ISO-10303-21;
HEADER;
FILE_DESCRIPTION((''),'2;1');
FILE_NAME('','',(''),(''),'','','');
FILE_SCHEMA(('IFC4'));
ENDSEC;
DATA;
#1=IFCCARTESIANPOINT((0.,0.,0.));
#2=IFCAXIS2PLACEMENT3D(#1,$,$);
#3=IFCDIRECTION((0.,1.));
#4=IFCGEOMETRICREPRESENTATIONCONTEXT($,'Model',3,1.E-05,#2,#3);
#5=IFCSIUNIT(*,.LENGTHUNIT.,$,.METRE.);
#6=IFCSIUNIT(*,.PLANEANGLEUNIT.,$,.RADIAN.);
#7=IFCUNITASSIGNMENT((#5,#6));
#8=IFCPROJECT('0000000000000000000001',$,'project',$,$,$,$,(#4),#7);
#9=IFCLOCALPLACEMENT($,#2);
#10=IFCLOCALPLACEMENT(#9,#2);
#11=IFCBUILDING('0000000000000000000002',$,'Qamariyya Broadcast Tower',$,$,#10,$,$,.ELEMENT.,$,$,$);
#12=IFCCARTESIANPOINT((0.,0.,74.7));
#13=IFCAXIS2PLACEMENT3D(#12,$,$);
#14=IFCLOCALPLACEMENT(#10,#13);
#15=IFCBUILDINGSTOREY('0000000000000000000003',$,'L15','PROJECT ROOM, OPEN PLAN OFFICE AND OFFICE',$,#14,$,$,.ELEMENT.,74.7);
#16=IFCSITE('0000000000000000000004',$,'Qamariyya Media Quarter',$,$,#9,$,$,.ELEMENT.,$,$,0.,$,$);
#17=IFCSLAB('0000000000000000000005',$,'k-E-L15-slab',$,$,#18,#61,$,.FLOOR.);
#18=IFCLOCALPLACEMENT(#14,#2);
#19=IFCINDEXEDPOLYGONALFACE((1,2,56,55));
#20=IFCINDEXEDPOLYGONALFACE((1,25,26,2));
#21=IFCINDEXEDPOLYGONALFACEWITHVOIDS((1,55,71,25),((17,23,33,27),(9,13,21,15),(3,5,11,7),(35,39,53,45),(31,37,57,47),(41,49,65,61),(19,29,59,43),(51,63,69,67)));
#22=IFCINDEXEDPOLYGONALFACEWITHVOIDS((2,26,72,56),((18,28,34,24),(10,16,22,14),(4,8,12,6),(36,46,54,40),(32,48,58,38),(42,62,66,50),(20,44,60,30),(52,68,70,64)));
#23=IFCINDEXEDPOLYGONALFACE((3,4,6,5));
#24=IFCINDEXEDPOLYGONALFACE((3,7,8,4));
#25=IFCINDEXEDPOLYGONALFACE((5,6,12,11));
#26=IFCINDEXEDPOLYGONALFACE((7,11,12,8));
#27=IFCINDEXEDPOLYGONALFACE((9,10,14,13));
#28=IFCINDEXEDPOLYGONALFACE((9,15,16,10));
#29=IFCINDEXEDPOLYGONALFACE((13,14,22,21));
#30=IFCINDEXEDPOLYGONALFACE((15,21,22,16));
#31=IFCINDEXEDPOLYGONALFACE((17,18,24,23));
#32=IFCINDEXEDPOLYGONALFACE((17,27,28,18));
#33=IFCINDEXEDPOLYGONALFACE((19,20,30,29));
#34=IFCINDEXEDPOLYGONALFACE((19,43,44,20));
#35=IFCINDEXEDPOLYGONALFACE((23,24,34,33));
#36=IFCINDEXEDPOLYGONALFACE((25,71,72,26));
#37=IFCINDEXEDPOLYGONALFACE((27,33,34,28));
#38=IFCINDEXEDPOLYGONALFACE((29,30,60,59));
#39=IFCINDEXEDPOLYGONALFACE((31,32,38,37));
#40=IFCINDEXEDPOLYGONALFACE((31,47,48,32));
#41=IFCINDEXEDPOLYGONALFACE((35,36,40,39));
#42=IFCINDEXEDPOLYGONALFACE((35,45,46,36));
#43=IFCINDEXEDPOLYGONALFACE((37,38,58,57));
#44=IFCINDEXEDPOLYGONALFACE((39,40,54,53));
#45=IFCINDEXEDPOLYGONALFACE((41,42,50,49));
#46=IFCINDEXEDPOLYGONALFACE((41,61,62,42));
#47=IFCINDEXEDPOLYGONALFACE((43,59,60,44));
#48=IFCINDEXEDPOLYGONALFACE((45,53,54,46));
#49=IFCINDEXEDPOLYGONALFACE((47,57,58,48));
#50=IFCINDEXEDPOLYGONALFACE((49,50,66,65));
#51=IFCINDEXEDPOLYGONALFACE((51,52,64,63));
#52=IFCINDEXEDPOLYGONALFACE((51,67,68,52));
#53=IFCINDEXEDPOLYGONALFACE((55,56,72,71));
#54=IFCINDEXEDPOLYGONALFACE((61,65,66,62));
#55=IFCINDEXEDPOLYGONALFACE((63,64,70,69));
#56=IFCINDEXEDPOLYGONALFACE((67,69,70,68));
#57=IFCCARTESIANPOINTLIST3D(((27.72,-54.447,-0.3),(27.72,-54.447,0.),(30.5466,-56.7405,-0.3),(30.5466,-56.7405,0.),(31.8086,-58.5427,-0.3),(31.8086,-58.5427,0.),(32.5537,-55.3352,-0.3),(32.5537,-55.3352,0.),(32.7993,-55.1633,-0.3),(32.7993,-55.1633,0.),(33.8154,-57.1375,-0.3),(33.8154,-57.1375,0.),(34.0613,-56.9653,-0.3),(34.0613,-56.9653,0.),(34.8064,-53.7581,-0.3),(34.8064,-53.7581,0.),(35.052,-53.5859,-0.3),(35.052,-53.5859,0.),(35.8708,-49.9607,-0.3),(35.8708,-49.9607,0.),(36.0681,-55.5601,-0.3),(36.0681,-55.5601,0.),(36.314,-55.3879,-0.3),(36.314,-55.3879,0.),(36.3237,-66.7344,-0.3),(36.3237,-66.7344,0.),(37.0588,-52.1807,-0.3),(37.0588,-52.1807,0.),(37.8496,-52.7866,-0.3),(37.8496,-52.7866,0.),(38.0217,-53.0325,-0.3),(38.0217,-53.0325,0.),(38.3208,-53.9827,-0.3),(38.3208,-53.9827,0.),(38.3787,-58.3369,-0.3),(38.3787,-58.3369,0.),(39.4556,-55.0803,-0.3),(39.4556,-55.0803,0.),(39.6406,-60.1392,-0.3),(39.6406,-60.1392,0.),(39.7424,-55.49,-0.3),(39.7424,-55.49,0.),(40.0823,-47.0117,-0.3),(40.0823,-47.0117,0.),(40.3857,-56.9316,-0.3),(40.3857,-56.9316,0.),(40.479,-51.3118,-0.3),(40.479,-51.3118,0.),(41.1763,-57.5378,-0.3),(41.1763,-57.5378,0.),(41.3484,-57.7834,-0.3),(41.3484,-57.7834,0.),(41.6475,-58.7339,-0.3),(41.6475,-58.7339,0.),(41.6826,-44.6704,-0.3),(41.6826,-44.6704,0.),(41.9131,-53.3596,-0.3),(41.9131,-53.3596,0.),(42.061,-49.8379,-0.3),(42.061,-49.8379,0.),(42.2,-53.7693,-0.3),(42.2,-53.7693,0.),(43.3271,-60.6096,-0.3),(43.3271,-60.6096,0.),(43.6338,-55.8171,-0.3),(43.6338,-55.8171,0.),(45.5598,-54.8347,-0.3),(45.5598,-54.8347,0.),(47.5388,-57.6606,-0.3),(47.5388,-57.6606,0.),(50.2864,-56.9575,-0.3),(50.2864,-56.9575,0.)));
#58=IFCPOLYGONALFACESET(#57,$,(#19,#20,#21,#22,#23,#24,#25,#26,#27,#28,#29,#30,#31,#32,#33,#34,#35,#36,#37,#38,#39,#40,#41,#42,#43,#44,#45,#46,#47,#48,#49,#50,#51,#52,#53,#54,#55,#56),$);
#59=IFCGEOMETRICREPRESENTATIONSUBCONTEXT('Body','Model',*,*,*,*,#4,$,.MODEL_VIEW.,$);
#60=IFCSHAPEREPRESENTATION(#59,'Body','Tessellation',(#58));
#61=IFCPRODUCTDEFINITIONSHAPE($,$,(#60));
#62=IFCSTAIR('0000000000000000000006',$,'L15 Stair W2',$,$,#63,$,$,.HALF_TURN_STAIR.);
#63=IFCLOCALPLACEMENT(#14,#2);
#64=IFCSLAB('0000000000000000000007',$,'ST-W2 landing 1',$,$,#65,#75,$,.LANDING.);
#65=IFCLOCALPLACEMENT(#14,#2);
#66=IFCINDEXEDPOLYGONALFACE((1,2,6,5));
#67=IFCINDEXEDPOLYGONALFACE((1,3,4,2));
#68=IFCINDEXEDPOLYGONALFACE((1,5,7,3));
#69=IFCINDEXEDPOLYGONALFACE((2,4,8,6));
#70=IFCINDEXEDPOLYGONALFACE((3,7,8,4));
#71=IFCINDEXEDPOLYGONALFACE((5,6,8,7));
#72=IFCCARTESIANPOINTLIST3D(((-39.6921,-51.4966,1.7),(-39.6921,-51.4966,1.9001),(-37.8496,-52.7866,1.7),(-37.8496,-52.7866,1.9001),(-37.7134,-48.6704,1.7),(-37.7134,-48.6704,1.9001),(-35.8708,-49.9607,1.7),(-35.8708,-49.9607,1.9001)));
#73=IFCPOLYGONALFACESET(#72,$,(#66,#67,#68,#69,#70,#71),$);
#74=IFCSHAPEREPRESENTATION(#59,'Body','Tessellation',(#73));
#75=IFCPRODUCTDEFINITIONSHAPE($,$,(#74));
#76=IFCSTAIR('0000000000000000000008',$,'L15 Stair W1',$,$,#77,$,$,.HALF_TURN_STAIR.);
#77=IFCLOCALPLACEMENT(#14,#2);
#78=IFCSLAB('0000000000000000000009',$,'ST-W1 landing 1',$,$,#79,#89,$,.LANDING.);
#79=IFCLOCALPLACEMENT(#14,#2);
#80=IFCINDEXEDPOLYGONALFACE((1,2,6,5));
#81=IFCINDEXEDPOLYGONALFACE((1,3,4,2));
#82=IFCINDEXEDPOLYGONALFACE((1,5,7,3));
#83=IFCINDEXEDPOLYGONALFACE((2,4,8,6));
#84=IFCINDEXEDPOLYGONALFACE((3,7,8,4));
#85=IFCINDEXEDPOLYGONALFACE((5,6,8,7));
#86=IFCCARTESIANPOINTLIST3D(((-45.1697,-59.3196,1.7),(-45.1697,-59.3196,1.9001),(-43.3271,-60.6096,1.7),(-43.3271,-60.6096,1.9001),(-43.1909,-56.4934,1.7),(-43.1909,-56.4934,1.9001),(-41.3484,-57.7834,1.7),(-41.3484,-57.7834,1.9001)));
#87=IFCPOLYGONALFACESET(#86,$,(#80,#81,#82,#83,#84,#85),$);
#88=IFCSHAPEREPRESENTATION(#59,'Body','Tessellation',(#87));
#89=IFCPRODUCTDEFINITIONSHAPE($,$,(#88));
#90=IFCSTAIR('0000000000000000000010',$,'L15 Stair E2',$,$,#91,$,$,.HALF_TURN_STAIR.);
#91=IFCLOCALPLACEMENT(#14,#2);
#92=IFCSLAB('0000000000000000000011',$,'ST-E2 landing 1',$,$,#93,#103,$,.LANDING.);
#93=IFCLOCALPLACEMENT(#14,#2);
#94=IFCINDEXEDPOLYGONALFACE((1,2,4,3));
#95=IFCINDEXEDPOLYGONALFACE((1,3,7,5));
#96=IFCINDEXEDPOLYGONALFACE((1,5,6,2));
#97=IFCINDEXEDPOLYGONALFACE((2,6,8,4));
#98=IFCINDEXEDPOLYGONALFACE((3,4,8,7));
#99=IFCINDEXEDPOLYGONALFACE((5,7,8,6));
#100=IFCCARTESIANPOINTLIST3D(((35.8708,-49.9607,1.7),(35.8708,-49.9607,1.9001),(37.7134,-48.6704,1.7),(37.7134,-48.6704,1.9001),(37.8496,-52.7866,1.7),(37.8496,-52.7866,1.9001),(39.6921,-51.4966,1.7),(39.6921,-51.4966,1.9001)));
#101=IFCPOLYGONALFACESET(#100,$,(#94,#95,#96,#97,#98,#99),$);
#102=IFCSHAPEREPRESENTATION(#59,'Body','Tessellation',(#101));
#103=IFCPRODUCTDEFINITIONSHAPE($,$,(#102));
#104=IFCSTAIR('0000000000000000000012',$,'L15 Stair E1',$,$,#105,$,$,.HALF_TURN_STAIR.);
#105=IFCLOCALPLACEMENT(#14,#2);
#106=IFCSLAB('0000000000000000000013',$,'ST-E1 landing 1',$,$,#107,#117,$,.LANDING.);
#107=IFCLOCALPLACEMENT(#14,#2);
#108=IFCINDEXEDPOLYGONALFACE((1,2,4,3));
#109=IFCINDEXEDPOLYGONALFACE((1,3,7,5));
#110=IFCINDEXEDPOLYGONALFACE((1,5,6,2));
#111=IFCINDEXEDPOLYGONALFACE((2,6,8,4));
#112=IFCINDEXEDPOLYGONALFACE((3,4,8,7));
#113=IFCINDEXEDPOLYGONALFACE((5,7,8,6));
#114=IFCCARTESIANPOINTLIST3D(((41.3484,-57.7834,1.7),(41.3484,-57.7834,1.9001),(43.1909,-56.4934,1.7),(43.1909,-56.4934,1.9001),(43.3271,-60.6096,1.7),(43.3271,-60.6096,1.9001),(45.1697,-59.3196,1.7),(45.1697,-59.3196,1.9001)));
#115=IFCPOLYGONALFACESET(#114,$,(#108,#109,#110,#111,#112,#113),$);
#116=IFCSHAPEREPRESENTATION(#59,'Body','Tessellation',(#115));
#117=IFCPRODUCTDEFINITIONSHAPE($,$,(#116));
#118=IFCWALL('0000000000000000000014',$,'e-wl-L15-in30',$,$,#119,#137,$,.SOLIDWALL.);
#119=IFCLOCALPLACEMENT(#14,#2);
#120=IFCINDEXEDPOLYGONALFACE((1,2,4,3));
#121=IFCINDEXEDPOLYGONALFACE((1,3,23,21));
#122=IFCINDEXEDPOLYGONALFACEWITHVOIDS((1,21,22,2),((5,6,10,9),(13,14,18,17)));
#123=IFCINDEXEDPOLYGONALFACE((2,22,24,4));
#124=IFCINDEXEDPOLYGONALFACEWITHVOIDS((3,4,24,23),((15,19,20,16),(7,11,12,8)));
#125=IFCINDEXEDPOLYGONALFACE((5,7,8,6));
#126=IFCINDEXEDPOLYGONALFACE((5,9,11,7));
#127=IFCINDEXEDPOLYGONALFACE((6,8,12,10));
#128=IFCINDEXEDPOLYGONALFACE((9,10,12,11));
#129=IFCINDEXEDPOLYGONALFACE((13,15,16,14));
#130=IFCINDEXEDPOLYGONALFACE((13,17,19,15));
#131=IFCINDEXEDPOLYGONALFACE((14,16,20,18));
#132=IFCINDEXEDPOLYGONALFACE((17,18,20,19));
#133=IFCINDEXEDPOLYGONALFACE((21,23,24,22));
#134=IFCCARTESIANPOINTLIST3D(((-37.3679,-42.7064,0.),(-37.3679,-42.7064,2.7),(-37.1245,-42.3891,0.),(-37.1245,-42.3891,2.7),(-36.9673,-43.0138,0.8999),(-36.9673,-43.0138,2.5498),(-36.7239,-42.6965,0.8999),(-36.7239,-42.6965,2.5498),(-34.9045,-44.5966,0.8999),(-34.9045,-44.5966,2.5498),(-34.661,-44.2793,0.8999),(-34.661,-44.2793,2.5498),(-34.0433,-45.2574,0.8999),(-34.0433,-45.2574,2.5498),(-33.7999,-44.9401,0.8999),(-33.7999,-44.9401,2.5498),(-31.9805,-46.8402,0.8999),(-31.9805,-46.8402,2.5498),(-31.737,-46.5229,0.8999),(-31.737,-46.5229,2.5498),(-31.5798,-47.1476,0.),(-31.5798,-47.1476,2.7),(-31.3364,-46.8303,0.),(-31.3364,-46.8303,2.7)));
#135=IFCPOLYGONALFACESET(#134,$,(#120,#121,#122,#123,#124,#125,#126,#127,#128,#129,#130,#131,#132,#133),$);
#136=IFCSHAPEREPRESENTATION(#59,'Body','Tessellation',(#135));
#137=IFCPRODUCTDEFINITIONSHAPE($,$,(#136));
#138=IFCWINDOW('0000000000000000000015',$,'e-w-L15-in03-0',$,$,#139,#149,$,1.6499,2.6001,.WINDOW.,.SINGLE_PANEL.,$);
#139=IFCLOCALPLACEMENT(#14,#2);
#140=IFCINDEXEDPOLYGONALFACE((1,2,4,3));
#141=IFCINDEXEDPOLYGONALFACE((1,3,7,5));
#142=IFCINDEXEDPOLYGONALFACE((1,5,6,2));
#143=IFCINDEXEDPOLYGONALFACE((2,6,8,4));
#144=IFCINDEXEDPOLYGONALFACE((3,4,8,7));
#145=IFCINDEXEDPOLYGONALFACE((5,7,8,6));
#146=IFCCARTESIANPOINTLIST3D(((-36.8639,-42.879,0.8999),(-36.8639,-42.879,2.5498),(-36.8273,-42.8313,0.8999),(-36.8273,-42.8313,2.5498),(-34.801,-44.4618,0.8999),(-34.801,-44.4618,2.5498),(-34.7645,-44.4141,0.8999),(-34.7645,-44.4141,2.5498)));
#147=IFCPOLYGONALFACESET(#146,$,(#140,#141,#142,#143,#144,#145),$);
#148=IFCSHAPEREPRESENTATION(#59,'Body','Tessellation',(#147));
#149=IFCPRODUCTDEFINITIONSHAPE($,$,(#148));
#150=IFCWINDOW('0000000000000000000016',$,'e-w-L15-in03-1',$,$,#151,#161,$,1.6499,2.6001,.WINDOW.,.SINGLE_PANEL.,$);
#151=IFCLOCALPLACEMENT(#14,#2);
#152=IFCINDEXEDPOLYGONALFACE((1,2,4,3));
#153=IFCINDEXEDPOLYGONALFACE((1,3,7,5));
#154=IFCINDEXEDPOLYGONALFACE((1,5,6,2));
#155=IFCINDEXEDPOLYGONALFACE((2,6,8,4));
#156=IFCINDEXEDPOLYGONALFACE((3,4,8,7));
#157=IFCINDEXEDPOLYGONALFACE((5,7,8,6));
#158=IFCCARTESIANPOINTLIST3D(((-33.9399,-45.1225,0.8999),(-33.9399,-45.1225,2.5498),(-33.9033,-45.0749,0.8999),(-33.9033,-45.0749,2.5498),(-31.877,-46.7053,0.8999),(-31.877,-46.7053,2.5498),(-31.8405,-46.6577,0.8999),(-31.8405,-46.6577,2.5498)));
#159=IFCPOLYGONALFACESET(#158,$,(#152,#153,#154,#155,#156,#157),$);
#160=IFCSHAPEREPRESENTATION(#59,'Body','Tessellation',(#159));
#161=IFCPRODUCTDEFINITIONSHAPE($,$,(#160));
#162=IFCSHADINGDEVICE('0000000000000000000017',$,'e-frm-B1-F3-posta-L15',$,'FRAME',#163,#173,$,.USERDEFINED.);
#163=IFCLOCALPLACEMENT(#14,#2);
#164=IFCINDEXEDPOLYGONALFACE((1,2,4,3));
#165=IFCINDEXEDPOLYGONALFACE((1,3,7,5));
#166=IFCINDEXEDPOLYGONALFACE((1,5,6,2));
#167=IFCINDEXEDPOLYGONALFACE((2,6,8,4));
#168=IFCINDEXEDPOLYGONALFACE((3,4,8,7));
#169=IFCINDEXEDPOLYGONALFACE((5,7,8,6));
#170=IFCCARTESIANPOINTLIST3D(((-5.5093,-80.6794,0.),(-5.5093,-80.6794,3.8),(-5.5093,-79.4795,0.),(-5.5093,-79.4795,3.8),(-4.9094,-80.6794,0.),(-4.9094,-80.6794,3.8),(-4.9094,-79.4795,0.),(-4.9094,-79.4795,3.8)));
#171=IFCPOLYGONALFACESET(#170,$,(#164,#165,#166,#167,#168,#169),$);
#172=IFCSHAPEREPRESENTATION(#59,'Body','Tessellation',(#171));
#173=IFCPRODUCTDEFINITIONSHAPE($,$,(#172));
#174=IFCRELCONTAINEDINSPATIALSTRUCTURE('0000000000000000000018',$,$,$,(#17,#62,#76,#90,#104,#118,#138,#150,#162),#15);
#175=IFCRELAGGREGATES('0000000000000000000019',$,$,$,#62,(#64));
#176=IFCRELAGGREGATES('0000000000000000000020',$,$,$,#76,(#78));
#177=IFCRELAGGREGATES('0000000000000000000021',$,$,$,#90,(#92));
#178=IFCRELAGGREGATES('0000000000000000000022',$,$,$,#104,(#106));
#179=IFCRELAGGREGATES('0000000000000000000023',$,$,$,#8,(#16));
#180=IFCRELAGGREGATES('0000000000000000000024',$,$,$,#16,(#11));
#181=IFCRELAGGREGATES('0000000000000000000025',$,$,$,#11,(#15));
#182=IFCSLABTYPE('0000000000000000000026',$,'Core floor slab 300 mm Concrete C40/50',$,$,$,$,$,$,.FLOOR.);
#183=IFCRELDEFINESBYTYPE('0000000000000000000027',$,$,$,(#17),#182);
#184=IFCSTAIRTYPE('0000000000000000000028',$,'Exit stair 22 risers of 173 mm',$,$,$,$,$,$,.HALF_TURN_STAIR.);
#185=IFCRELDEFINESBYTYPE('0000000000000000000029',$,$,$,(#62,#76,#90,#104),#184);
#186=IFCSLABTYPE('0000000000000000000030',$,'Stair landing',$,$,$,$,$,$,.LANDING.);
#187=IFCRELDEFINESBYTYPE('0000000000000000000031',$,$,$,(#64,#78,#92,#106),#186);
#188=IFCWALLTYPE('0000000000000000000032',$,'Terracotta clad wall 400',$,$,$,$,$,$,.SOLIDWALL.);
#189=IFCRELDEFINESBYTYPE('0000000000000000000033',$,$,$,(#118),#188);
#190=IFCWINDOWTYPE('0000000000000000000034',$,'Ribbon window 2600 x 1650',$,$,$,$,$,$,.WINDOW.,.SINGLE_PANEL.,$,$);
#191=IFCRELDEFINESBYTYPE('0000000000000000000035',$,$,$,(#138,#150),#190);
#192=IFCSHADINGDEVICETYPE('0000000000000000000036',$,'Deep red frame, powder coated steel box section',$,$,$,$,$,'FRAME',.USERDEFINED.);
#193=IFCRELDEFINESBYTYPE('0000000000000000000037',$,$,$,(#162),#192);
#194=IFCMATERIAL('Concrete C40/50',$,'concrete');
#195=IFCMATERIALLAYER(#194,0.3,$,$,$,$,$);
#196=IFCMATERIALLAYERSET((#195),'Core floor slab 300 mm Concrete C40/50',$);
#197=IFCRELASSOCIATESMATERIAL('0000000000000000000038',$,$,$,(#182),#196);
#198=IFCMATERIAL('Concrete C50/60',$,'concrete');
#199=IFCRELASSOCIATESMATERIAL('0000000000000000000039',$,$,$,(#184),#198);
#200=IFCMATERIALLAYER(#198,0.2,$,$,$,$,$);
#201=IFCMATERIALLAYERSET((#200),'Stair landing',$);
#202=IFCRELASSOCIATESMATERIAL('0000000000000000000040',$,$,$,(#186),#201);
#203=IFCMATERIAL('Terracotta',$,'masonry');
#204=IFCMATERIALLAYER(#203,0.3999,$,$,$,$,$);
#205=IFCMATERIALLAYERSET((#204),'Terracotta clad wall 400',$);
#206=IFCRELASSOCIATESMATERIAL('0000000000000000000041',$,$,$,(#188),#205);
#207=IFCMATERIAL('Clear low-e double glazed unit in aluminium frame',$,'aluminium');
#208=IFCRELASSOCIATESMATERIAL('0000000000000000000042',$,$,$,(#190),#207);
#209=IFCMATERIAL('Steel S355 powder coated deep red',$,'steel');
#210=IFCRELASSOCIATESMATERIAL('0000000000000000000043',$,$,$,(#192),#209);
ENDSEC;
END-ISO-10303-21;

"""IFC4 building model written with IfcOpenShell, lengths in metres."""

from ifc_helpers import new_model, si_unit, direction, frame, frame_2d, origin, place, context, subcontext, project, spatial, polyline, rectangle, outline, extrude, material, layer, layer_set, type_object, element, fill, aggregate, save


model = new_model("IFC4")

# Units and contexts
model_context = context("Model", 3, precision=1e-05, world=origin(), true_north=direction((0.0, 1.0)))
body_context = subcontext(model_context, "Body", "Model", "MODEL_VIEW")
ifc_project = project(units=[si_unit("LENGTHUNIT", "METRE"), si_unit("PLANEANGLEUNIT", "RADIAN")], contexts=[model_context])

# Site, building, storey
site_placement = place(None, origin())
site = spatial("IfcSite", under=ifc_project, at=site_placement, Name="Qamariyya Media Quarter", CompositionType="ELEMENT", RefElevation=0.0)
building_placement = place(site_placement, origin())
building = spatial("IfcBuilding", under=site, at=building_placement, Name="Qamariyya Broadcast Tower", CompositionType="ELEMENT")
storey_placement = place(building_placement, frame((0.0, 0.0, 74.7)))
storey = spatial("IfcBuildingStorey", under=building, at=storey_placement, Name="L15", Description="PROJECT ROOM, OPEN PLAN OFFICE AND OFFICE", CompositionType="ELEMENT", Elevation=74.7)

# Slab
ifc_material_1 = material(Name="Concrete C40/50", Category="concrete")
ifc_layer_1 = layer(ifc_material_1, 0.3)
ifc_layer_set_1 = layer_set([ifc_layer_1], Name="Core floor slab 300 mm Concrete C40/50")
slab_type_1 = type_object("IfcSlabType", Name="Core floor slab 300 mm Concrete C40/50", PredefinedType="FLOOR", material=ifc_layer_set_1)
slab_1_placement = place(storey_placement, frame((0.0, 0.0, -0.3)))
element("IfcSlab", 1, at=slab_1_placement, inside=storey, type_object=slab_type_1, Name="k-E-L15-slab", PredefinedType="FLOOR", context=body_context, shape_type="SweptSolid", body=[
    extrude(outline(polyline([(36.3237, -66.7344), (50.2864, -56.9575), (41.6826, -44.6704), (27.72, -54.447), (36.3237, -66.7344)]), holes=[polyline([(31.8086, -58.5427), (33.8154, -57.1375), (32.5537, -55.3352), (30.5466, -56.7405), (31.8086, -58.5427)]), polyline([(34.0613, -56.9653), (36.0681, -55.5601), (34.8064, -53.7581), (32.7993, -55.1633), (34.0613, -56.9653)]), polyline([(36.314, -55.3879), (38.3208, -53.9827), (37.0588, -52.1807), (35.052, -53.5859), (36.314, -55.3879)]), polyline([(38.3787, -58.3369), (40.3857, -56.9316), (41.6475, -58.7339), (39.6406, -60.1392), (38.3787, -58.3369)]), polyline([(39.7424, -55.49), (42.2, -53.7693), (43.6338, -55.8171), (41.1763, -57.5378), (39.7424, -55.49)]), polyline([(39.4556, -55.0803), (41.9131, -53.3596), (40.479, -51.3118), (38.0217, -53.0325), (39.4556, -55.0803)]), polyline([(40.0823, -47.0117), (35.8708, -49.9607), (37.8496, -52.7866), (42.061, -49.8379), (40.0823, -47.0117)]), polyline([(45.5598, -54.8347), (41.3484, -57.7834), (43.3271, -60.6096), (47.5388, -57.6606), (45.5598, -54.8347)])]), origin(), (0.0, 0.0, 1.0), 0.3),
])

# Stairs, slabs
ifc_material_2 = material(Name="Concrete C50/60", Category="concrete")
stair_type = type_object("IfcStairType", Name="Exit stair 22 risers of 173 mm", PredefinedType="HALF_TURN_STAIR", material=ifc_material_2)
stair_1_placement = place(storey_placement, origin())
stair_1 = element("IfcStair", 2, at=stair_1_placement, inside=storey, type_object=stair_type, Name="L15 Stair W2", PredefinedType="HALF_TURN_STAIR")
ifc_layer_2 = layer(ifc_material_2, 0.2)
ifc_layer_set_2 = layer_set([ifc_layer_2], Name="Stair landing")
slab_type_2 = type_object("IfcSlabType", Name="Stair landing", PredefinedType="LANDING", material=ifc_layer_set_2)
slab_2_placement = place(storey_placement, frame((0.0, 0.0, 1.7)))
slab_2 = element("IfcSlab", 3, at=slab_2_placement, type_object=slab_type_2, Name="ST-W2 landing 1", PredefinedType="LANDING", context=body_context, shape_type="SweptSolid", body=[
    extrude(outline(polyline([(-39.6921, -51.4966), (-37.8496, -52.7866), (-35.8708, -49.9607), (-37.7134, -48.6704), (-39.6921, -51.4966)])), origin(), (0.0, 0.0, 1.0), 0.2002),
])
aggregate(stair_1, [slab_2])
stair_2_placement = place(storey_placement, origin())
stair_2 = element("IfcStair", 4, at=stair_2_placement, inside=storey, type_object=stair_type, Name="L15 Stair W1", PredefinedType="HALF_TURN_STAIR")
slab_3_placement = place(storey_placement, frame((0.0, 0.0, 1.7)))
slab_3 = element("IfcSlab", 5, at=slab_3_placement, type_object=slab_type_2, Name="ST-W1 landing 1", PredefinedType="LANDING", context=body_context, shape_type="SweptSolid", body=[
    extrude(outline(polyline([(-45.1697, -59.3196), (-43.3271, -60.6096), (-41.3484, -57.7834), (-43.1909, -56.4934), (-45.1697, -59.3196)])), origin(), (0.0, 0.0, 1.0), 0.2002),
])
aggregate(stair_2, [slab_3])
stair_3_placement = place(storey_placement, origin())
stair_3 = element("IfcStair", 6, at=stair_3_placement, inside=storey, type_object=stair_type, Name="L15 Stair E2", PredefinedType="HALF_TURN_STAIR")
slab_4_placement = place(storey_placement, frame((0.0, 0.0, 1.7)))
slab_4 = element("IfcSlab", 7, at=slab_4_placement, type_object=slab_type_2, Name="ST-E2 landing 1", PredefinedType="LANDING", context=body_context, shape_type="SweptSolid", body=[
    extrude(outline(polyline([(37.7134, -48.6704), (35.8708, -49.9607), (37.8496, -52.7866), (39.6921, -51.4966), (37.7134, -48.6704)])), origin(), (0.0, 0.0, 1.0), 0.2002),
])
aggregate(stair_3, [slab_4])
stair_4_placement = place(storey_placement, origin())
stair_4 = element("IfcStair", 8, at=stair_4_placement, inside=storey, type_object=stair_type, Name="L15 Stair E1", PredefinedType="HALF_TURN_STAIR")
slab_5_placement = place(storey_placement, frame((0.0, 0.0, 1.7)))
slab_5 = element("IfcSlab", 9, at=slab_5_placement, type_object=slab_type_2, Name="ST-E1 landing 1", PredefinedType="LANDING", context=body_context, shape_type="SweptSolid", body=[
    extrude(outline(polyline([(43.1909, -56.4934), (41.3484, -57.7834), (43.3271, -60.6096), (45.1697, -59.3196), (43.1909, -56.4934)])), origin(), (0.0, 0.0, 1.0), 0.2002),
])
aggregate(stair_4, [slab_5])

# Wall, openings, windows
ifc_material_3 = material(Name="Terracotta", Category="masonry")
ifc_layer_3 = layer(ifc_material_3, 0.3999)
ifc_layer_set_3 = layer_set([ifc_layer_3], Name="Terracotta clad wall 400")
wall_type = type_object("IfcWallType", Name="Terracotta clad wall 400", PredefinedType="SOLIDWALL", material=ifc_layer_set_3)
wall_placement = place(storey_placement, frame((-31.458, -46.989, 0.0), z_axis=(0.0, 0.0, 1.0), x_axis=(-0.793366, 0.608745, 0.0)))
wall = element("IfcWall", 10, at=wall_placement, inside=storey, type_object=wall_type, Name="e-wl-L15-in30", PredefinedType="SOLIDWALL", context=body_context, shape_type="SweptSolid", body=[
    extrude(rectangle(XDim=7.2957, YDim=0.3999, at=frame_2d((3.6479, 0.0))), origin(), (0.0, 0.0, 1.0), 2.7),
])
opening_1_placement = place(wall_placement, frame((4.1907, 0.0, 0.8999)))
opening_1 = element("IfcOpeningElement", 11, at=opening_1_placement, cuts=wall, PredefinedType="OPENING", context=body_context, shape_type="SweptSolid", body=[
    extrude(rectangle(XDim=2.6001, YDim=1.6499, at=frame_2d((1.3, 0.825))), frame((0.0, 0.21, 0.0), z_axis=(0.0, -1.0, 0.0), x_axis=(1.0, 0.0, 0.0)), (0.0, 0.0, 1.0), 0.4199),
])
opening_2_placement = place(wall_placement, frame((0.5051, 0.0, 0.8999)))
opening_2 = element("IfcOpeningElement", 12, at=opening_2_placement, cuts=wall, PredefinedType="OPENING", context=body_context, shape_type="SweptSolid", body=[
    extrude(rectangle(XDim=2.6001, YDim=1.6499, at=frame_2d((1.3, 0.825))), frame((0.0, 0.21, 0.0), z_axis=(0.0, -1.0, 0.0), x_axis=(1.0, 0.0, 0.0)), (0.0, 0.0, 1.0), 0.4199),
])
ifc_material_4 = material(Name="Clear low-e double glazed unit in aluminium frame", Category="aluminium")
window_type = type_object("IfcWindowType", Name="Ribbon window 2600 x 1650", PartitioningType="SINGLE_PANEL", PredefinedType="WINDOW", material=ifc_material_4)
window_1_placement = place(opening_1_placement, origin())
window_1 = element("IfcWindow", 13, at=window_1_placement, inside=storey, type_object=window_type, Name="e-w-L15-in03-0", OverallHeight=1.6499, OverallWidth=2.6001, PartitioningType="SINGLE_PANEL", PredefinedType="WINDOW", context=body_context, shape_type="SweptSolid", body=[
    extrude(rectangle(XDim=2.6001, YDim=1.6499, at=frame_2d((1.3, 0.825))), frame((0.0, 0.03, 0.0), z_axis=(0.0, -1.0, 0.0), x_axis=(1.0, 0.0, 0.0)), (0.0, 0.0, 1.0), 0.0601),
])
fill(opening_1, window_1)
window_2_placement = place(opening_2_placement, origin())
window_2 = element("IfcWindow", 14, at=window_2_placement, inside=storey, type_object=window_type, Name="e-w-L15-in03-1", OverallHeight=1.6499, OverallWidth=2.6001, PartitioningType="SINGLE_PANEL", PredefinedType="WINDOW", context=body_context, shape_type="SweptSolid", body=[
    extrude(rectangle(XDim=2.6001, YDim=1.6499, at=frame_2d((1.3, 0.825))), frame((0.0, 0.03, 0.0), z_axis=(0.0, -1.0, 0.0), x_axis=(1.0, 0.0, 0.0)), (0.0, 0.0, 1.0), 0.0601),
])
fill(opening_2, window_2)

# Shading device
ifc_material_5 = material(Name="Steel S355 powder coated deep red", Category="steel")
shading_device_type = type_object("IfcShadingDeviceType", Name="Deep red frame, powder coated steel box section", ElementType="FRAME", PredefinedType="USERDEFINED", material=ifc_material_5)
shading_device_1_placement = place(storey_placement, origin())
element("IfcShadingDevice", 15, at=shading_device_1_placement, inside=storey, type_object=shading_device_type, Name="e-frm-B1-F3-posta-L15", ObjectType="FRAME", PredefinedType="USERDEFINED", context=body_context, shape_type="SweptSolid", body=[
    extrude(outline(polyline([(-5.5093, -79.4795), (-5.5093, -80.6794), (-4.9094, -80.6794), (-4.9094, -79.4795), (-5.5093, -79.4795)])), origin(), (0.0, 0.0, 1.0), 3.8),
])

save(model, "model.ifc")
